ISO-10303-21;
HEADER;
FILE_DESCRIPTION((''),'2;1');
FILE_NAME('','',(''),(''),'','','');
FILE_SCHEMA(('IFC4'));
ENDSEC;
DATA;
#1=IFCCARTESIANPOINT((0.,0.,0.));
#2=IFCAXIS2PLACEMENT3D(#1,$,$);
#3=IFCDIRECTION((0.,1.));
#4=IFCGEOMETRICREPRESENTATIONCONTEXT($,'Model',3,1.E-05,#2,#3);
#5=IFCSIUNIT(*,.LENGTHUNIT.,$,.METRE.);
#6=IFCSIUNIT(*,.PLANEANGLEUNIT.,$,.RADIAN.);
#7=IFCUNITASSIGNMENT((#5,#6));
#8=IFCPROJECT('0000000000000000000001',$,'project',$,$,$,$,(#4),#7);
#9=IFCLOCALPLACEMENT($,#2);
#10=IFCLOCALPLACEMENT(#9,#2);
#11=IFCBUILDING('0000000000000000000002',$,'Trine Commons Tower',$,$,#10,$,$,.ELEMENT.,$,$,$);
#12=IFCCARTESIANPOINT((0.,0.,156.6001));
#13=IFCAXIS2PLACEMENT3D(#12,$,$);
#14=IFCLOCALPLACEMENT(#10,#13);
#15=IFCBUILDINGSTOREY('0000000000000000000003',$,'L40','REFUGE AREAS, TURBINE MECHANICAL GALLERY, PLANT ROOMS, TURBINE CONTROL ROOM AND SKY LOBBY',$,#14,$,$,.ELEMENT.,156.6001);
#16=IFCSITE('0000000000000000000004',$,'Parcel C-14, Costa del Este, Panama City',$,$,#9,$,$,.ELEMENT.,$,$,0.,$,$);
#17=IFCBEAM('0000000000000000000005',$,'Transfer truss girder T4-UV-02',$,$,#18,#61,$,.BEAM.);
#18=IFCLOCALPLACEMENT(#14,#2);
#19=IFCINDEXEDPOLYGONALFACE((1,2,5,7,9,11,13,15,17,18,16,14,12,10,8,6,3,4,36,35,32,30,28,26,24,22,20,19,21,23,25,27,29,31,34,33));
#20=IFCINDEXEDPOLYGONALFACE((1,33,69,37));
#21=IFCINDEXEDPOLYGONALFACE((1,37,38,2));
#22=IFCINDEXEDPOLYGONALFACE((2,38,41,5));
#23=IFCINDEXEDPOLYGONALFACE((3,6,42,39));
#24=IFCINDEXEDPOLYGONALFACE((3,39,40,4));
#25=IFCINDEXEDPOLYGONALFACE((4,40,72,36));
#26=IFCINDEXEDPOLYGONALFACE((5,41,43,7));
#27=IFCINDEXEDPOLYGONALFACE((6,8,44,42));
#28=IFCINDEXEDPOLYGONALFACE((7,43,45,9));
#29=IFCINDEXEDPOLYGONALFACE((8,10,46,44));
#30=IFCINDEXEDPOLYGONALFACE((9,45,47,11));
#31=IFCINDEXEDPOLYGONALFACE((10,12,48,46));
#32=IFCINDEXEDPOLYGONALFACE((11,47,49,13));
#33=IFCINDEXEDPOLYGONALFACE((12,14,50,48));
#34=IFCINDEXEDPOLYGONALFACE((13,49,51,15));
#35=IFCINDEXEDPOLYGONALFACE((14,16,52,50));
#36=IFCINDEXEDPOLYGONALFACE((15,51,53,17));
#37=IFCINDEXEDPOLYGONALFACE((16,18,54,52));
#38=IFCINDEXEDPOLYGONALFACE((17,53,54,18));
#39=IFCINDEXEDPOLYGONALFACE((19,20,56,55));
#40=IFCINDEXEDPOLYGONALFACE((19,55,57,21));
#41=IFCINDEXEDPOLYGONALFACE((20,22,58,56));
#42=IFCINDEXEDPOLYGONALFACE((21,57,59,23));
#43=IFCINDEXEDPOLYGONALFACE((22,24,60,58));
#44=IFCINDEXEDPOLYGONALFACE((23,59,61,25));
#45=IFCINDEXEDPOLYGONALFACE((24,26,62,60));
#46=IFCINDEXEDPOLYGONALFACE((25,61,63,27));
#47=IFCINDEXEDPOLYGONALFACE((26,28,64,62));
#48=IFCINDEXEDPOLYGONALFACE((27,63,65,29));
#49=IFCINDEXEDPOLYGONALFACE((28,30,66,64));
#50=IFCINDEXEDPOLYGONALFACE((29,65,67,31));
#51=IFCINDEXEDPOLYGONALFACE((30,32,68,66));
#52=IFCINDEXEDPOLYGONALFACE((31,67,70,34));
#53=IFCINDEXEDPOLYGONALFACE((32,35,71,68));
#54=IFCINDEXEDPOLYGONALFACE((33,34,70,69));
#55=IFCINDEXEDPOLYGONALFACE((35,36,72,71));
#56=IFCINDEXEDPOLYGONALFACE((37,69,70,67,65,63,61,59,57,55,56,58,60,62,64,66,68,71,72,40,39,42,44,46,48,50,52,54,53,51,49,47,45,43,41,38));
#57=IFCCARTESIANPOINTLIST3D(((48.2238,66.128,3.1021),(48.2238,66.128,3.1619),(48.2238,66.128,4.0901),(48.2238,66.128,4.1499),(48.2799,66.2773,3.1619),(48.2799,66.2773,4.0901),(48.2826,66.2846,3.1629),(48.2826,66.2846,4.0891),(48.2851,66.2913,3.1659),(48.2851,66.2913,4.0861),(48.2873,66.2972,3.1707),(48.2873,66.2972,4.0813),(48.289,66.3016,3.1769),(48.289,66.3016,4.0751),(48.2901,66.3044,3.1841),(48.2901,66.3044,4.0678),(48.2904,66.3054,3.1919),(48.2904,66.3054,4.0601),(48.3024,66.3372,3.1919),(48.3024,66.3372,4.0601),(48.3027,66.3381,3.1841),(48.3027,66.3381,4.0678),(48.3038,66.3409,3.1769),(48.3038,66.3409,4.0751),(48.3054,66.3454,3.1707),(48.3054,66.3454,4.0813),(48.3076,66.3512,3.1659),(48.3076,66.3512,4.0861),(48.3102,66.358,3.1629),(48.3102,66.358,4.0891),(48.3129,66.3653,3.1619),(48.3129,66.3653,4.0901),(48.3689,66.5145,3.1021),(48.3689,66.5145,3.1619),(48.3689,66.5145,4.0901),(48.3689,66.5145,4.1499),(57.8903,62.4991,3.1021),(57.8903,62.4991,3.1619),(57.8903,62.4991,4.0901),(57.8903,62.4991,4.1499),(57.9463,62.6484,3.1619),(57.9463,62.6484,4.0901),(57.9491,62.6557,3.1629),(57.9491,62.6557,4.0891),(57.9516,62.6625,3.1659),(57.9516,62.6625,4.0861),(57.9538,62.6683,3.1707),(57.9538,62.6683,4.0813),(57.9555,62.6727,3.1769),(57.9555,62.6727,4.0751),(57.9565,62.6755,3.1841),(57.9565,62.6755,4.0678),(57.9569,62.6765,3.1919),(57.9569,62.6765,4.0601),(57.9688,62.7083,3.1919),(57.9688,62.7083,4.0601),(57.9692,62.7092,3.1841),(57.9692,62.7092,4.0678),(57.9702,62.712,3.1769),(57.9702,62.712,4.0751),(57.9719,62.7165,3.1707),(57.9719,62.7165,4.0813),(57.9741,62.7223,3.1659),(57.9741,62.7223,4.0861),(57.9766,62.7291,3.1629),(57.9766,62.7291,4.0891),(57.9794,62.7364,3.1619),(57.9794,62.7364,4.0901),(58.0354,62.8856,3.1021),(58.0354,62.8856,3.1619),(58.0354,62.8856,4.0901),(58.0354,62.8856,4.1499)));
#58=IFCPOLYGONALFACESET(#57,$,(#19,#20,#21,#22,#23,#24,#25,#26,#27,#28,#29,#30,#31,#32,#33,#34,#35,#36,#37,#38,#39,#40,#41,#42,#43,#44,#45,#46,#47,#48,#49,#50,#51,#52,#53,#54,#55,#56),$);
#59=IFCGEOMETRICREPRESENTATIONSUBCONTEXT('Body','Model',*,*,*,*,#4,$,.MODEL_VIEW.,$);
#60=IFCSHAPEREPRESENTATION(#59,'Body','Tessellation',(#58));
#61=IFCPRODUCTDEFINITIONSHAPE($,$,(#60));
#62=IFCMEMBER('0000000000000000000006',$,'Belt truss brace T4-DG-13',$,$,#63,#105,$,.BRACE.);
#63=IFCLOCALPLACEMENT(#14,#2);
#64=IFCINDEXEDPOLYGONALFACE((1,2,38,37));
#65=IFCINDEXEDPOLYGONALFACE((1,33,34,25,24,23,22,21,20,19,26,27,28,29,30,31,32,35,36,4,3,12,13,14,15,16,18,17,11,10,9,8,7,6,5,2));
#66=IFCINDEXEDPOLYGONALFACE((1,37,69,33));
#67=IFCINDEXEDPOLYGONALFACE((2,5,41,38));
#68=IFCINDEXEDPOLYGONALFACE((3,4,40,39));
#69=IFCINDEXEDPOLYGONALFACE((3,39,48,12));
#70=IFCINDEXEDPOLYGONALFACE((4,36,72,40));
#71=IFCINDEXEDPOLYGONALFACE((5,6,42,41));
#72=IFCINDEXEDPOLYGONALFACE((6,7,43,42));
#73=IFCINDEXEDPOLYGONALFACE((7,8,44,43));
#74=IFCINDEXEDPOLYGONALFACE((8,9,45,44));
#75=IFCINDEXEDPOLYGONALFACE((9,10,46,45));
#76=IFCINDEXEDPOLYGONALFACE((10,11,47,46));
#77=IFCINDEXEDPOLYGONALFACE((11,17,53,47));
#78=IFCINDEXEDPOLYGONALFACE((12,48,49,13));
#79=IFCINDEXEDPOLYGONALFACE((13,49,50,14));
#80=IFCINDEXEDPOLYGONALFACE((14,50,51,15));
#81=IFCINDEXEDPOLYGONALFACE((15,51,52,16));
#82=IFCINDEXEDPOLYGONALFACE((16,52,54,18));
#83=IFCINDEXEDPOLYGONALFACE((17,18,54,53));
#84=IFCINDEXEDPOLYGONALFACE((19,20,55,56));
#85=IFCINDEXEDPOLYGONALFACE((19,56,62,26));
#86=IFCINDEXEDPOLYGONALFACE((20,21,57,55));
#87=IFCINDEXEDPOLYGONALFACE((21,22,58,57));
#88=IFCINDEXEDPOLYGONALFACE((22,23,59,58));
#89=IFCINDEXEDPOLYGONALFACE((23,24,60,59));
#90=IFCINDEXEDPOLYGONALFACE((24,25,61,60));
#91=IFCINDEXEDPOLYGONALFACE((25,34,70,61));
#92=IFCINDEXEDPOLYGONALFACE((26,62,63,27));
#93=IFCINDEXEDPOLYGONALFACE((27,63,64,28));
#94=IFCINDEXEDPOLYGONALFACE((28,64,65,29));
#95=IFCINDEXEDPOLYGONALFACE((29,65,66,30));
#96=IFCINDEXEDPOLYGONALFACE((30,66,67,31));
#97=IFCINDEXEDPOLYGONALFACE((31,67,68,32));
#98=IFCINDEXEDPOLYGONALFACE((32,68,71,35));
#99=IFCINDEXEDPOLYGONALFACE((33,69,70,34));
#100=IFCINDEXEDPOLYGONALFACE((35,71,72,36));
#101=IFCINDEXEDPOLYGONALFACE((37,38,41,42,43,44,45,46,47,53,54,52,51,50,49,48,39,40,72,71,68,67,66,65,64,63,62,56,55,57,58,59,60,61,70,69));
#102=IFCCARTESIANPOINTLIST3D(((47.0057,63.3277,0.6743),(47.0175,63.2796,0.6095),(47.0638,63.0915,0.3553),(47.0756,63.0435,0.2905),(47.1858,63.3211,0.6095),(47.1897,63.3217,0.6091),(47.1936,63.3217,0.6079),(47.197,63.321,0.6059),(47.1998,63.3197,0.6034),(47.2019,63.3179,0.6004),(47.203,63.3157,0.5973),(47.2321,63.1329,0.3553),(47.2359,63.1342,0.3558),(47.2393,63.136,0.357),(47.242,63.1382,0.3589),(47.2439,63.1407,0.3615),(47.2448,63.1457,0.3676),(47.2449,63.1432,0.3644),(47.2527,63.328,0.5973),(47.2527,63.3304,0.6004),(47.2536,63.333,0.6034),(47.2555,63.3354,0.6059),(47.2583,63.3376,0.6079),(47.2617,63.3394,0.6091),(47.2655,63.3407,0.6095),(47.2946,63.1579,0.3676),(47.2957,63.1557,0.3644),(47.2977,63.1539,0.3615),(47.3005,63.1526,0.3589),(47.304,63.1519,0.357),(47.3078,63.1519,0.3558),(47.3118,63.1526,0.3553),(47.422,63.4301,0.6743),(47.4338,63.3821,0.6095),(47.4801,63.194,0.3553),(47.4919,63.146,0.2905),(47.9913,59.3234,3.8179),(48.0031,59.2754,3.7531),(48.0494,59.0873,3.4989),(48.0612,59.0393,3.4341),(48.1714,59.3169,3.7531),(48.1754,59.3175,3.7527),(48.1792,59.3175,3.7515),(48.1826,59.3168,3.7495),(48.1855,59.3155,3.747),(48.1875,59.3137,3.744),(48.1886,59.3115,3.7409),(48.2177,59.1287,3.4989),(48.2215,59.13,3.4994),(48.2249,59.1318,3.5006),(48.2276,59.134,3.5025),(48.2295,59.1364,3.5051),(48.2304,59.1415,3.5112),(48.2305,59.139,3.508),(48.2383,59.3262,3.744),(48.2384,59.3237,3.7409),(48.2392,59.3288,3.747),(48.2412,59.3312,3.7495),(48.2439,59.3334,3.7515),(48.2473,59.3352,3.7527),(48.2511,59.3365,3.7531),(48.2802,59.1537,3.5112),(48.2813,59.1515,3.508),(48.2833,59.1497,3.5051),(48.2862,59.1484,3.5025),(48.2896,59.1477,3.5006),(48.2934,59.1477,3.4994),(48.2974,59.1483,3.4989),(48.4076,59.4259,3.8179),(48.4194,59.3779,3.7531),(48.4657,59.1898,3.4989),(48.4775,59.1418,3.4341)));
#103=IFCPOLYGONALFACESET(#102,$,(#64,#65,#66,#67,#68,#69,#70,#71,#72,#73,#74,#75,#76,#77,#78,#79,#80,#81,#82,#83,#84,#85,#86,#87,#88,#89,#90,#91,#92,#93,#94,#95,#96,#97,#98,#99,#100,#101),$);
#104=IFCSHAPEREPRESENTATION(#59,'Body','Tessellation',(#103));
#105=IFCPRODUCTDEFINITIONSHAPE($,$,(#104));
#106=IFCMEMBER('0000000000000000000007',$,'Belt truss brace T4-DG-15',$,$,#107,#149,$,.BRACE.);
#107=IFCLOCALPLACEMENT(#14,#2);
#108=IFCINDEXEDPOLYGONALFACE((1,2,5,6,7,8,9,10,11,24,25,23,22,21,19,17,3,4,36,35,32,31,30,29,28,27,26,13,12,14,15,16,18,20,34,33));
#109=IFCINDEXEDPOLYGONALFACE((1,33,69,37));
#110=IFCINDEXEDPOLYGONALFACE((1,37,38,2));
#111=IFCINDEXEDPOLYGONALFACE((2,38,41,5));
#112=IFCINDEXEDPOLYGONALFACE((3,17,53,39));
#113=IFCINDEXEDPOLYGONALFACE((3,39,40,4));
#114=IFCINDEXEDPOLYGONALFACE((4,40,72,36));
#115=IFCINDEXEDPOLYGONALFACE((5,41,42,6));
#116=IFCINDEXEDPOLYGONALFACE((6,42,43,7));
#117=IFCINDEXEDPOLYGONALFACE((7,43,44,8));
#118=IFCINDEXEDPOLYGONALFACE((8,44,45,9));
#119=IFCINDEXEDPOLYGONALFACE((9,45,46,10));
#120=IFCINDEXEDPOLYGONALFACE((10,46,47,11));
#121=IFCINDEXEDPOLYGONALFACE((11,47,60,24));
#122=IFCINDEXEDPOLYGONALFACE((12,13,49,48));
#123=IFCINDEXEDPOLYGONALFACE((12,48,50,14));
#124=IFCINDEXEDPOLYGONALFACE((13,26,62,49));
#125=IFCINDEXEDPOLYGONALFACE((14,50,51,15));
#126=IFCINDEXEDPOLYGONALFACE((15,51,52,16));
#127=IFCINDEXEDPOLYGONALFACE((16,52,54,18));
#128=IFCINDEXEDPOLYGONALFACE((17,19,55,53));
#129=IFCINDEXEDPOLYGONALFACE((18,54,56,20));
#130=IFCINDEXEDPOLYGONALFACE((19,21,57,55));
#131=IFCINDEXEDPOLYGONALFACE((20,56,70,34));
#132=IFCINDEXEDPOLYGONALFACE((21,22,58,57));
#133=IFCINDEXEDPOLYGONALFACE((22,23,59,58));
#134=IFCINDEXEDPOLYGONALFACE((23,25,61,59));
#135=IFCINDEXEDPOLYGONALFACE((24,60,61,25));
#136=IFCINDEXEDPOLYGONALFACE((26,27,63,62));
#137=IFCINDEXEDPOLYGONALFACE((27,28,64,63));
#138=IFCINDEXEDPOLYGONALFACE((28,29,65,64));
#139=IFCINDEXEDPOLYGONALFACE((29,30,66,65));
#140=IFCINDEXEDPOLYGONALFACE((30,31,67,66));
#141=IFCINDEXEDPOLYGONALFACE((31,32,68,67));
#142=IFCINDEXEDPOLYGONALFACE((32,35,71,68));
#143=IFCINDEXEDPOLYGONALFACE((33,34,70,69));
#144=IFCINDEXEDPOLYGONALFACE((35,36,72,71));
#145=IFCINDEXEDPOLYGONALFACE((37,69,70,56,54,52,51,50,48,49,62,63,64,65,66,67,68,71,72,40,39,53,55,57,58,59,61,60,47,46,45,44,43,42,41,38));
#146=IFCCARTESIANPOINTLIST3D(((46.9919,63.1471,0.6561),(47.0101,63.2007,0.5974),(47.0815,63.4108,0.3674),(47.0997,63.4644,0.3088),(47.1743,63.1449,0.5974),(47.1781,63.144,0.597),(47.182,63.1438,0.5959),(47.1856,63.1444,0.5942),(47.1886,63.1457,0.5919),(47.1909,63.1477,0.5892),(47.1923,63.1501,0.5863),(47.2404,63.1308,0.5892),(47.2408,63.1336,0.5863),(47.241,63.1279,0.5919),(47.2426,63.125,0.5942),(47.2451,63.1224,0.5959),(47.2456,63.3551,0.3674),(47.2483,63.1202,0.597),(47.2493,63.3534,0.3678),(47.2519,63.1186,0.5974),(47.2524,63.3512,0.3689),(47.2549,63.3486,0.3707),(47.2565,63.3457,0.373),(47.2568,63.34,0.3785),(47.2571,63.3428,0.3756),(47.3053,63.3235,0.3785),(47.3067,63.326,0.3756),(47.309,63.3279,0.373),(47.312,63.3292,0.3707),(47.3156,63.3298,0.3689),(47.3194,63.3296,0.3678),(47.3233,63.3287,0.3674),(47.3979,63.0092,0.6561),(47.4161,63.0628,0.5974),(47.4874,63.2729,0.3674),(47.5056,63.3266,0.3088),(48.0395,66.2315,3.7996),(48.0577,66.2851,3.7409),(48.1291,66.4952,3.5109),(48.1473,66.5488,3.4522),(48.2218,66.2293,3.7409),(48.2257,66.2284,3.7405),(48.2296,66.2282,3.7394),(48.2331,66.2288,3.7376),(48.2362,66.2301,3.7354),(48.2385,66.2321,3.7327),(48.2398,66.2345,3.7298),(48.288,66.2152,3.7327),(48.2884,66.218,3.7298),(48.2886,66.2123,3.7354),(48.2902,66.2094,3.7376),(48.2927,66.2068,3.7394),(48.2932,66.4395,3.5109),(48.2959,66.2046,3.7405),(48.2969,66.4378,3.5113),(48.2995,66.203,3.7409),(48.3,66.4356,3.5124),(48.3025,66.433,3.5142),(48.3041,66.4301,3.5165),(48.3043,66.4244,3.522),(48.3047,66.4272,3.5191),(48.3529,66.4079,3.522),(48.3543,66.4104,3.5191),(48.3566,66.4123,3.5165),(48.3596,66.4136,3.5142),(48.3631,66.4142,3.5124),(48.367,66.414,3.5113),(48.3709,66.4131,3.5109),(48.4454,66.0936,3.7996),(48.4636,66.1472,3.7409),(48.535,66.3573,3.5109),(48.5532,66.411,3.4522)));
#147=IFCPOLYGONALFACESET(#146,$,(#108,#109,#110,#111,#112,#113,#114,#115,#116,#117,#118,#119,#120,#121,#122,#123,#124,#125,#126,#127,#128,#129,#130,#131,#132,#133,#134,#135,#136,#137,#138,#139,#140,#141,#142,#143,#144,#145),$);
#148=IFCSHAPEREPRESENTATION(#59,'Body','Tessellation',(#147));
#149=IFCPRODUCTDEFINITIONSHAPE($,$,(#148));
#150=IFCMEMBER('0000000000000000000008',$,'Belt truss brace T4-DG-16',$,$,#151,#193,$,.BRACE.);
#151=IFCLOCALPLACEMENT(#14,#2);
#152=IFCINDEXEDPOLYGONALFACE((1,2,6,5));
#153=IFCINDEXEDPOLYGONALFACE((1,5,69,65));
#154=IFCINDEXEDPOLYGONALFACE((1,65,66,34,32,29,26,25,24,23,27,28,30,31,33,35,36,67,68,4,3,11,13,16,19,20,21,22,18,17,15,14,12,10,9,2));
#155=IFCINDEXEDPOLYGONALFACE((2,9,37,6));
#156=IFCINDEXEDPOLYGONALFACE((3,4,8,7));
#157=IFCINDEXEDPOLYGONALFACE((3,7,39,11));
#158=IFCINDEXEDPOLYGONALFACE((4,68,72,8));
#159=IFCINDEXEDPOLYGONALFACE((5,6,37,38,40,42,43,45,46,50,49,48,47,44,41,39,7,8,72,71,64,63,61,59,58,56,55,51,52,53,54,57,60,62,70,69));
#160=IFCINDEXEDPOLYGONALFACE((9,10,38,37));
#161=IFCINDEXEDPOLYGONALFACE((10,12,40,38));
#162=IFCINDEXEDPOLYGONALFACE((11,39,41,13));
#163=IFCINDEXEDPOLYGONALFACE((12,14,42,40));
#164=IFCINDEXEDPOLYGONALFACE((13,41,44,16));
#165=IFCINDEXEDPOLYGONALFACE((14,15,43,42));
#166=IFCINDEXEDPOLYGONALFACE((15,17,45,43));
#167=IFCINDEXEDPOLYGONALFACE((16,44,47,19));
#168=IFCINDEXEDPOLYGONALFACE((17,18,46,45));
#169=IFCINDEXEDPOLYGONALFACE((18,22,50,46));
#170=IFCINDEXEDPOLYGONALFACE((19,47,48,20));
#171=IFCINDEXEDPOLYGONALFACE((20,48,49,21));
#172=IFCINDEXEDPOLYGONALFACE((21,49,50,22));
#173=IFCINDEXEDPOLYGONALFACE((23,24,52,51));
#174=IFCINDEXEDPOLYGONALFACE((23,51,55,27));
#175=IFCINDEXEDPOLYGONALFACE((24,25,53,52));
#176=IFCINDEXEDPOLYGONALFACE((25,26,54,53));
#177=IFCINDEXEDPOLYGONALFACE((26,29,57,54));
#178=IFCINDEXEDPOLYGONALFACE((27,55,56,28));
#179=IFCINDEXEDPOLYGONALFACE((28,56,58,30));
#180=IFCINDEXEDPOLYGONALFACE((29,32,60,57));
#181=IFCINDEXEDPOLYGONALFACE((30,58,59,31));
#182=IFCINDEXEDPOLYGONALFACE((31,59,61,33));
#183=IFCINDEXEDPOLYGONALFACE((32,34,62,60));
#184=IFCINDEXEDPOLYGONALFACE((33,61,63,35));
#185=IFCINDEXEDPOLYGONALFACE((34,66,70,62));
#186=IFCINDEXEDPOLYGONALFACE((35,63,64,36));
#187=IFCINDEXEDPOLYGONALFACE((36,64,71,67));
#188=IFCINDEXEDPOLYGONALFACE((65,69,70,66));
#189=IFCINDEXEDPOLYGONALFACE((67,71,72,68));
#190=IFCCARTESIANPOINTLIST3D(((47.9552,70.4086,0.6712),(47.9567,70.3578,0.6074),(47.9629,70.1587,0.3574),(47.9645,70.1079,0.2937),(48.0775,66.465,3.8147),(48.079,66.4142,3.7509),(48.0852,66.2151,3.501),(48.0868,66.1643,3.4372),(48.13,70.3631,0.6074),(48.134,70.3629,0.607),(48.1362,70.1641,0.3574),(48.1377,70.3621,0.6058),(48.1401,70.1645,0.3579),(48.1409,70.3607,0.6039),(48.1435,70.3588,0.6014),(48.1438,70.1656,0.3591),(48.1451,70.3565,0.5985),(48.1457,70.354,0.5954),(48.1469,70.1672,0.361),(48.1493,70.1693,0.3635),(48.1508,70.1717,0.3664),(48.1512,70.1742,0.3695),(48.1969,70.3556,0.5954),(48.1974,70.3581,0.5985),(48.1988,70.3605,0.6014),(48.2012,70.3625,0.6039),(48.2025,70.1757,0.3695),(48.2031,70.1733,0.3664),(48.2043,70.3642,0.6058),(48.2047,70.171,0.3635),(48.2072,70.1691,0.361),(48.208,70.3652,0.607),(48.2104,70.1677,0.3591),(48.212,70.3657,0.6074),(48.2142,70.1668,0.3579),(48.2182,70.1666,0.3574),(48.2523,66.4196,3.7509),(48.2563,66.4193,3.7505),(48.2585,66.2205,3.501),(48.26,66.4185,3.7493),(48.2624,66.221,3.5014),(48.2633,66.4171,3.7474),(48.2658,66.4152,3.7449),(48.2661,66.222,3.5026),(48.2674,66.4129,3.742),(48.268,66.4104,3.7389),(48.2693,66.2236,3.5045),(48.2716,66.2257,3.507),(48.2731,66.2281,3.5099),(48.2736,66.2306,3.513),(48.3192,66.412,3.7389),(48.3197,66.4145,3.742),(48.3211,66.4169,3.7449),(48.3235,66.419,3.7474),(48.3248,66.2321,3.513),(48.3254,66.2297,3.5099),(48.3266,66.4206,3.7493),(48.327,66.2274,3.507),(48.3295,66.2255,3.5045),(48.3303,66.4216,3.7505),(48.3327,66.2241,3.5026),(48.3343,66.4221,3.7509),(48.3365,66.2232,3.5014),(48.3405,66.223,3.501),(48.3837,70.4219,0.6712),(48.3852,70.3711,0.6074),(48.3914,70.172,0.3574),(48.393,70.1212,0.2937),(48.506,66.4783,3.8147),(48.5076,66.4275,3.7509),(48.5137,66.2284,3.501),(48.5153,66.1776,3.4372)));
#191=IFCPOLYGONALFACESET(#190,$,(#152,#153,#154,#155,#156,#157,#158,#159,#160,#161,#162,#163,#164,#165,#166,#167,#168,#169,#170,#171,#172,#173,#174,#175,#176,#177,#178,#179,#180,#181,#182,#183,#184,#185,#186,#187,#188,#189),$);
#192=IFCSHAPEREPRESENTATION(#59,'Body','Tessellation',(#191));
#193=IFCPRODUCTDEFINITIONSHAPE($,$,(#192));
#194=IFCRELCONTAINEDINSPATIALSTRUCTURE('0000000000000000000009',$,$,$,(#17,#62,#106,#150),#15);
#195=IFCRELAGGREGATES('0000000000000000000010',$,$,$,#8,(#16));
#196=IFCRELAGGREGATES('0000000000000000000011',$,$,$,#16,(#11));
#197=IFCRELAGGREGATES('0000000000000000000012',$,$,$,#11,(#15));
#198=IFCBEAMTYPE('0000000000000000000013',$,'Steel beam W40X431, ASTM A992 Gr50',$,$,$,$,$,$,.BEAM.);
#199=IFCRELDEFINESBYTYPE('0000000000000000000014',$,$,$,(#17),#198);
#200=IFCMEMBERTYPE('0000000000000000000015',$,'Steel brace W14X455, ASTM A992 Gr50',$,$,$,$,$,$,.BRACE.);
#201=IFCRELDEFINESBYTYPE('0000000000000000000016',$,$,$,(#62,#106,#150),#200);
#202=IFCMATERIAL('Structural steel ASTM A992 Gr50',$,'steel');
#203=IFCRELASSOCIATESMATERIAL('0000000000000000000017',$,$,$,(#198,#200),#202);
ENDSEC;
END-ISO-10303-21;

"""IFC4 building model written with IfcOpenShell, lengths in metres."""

from ifc_helpers import new_model, si_unit, direction, frame, origin, origin_2d, place, context, subcontext, project, spatial, i_section, extrude, material, material_profile, profile_set, type_object, element, save


model = new_model("IFC4")

# Units and contexts
model_context = context("Model", 3, precision=1e-05, world=origin(), true_north=direction((0.0, 1.0)))
body_context = subcontext(model_context, "Body", "Model", "MODEL_VIEW")
ifc_project = project(units=[si_unit("LENGTHUNIT", "METRE"), si_unit("PLANEANGLEUNIT", "RADIAN")], contexts=[model_context])

# Site, building, storey
site_placement = place(None, origin())
site = spatial("IfcSite", under=ifc_project, at=site_placement, Name="Parcel C-14, Costa del Este, Panama City", CompositionType="ELEMENT", RefElevation=0.0)
building_placement = place(site_placement, origin())
building = spatial("IfcBuilding", under=site, at=building_placement, Name="Trine Commons Tower", CompositionType="ELEMENT")
storey_placement = place(building_placement, frame((0.0, 0.0, 156.6001)))
storey = spatial("IfcBuildingStorey", under=building, at=storey_placement, Name="L40", Description="REFUGE AREAS, TURBINE MECHANICAL GALLERY, PLANT ROOMS, TURBINE CONTROL ROOM AND SKY LOBBY", CompositionType="ELEMENT", Elevation=156.6001)

# Beam
ifc_material_1 = material(Name="Structural steel ASTM A992 Gr50", Category="steel")
ifc_material_profile_1 = material_profile(ifc_material_1, i_section(OverallWidth=0.4128, OverallDepth=1.0479, WebThickness=0.0339, FlangeThickness=0.0598, FilletRadius=0.03, at=origin_2d()), Name="W40X431")
ifc_profile_set_1 = profile_set([ifc_material_profile_1], Name="Structural steel ASTM A992 Gr50")
beam_type = type_object("IfcBeamType", Name="Steel beam W40X431, ASTM A992 Gr50", PredefinedType="BEAM", material=ifc_profile_set_1)
beam_placement = place(storey_placement, frame((48.2964, 66.3213, 3.626), z_axis=(0.936203, -0.35146, 0.0), x_axis=(0.35146, 0.936203, 0.0)))
element("IfcBeam", 1, at=beam_placement, inside=storey, type_object=beam_type, Name="Transfer truss girder T4-UV-02", PredefinedType="BEAM", context=body_context, shape_type="SweptSolid", body=[
    extrude(i_section(OverallWidth=0.4128, OverallDepth=1.0479, WebThickness=0.0339, FlangeThickness=0.0598, FilletRadius=0.03, at=origin_2d()), origin(), (0.0, 0.0, 1.0), 10.3252),
])

# Members
ifc_material_profile_2 = material_profile(ifc_material_1, i_section(OverallWidth=0.4287, OverallDepth=0.4827, WebThickness=0.0513, FlangeThickness=0.0815, FilletRadius=0.0154, at=origin_2d()), Name="W14X455")
ifc_profile_set_2 = profile_set([ifc_material_profile_2], Name="Structural steel ASTM A992 Gr50")
member_type_1 = type_object("IfcMemberType", Name="Steel brace W14X455, ASTM A992 Gr50", PredefinedType="BRACE", material=ifc_profile_set_2)
member_1_placement = place(storey_placement, frame((47.2488, 63.2368, 0.4824), z_axis=(0.190078, -0.772223, 0.606252), x_axis=(0.971017, 0.23901, 0.0)))
element("IfcMember", 2, at=member_1_placement, inside=storey, type_object=member_type_1, Name="Belt truss brace T4-DG-13", PredefinedType="BRACE", context=body_context, shape_type="SweptSolid", body=[
    extrude(i_section(OverallWidth=0.4287, OverallDepth=0.4827, WebThickness=0.0513, FlangeThickness=0.0815, FilletRadius=0.0154, at=origin_2d()), origin(), (0.0, 0.0, 1.0), 5.1853),
])
member_2_placement = place(storey_placement, frame((47.2488, 63.2368, 0.4824), z_axis=(0.231415, 0.681356, 0.694407), x_axis=(-0.946877, 0.321596, 0.0)))
element("IfcMember", 3, at=member_2_placement, inside=storey, type_object=member_type_1, Name="Belt truss brace T4-DG-15", PredefinedType="BRACE", context=body_context, shape_type="SweptSolid", body=[
    extrude(i_section(OverallWidth=0.4287, OverallDepth=0.4827, WebThickness=0.0513, FlangeThickness=0.0815, FilletRadius=0.0154, at=origin_2d()), origin(), (0.0, 0.0, 1.0), 4.5269),
])
member_3_placement = place(storey_placement, frame((48.1741, 70.2649, 0.4824), z_axis=(0.024246, -0.781733, 0.623141), x_axis=(0.999519, 0.031001, 0.0)))
element("IfcMember", 4, at=member_3_placement, inside=storey, type_object=member_type_1, Name="Belt truss brace T4-DG-16", PredefinedType="BRACE", context=body_context, shape_type="SweptSolid", body=[
    extrude(i_section(OverallWidth=0.4287, OverallDepth=0.4827, WebThickness=0.0513, FlangeThickness=0.0815, FilletRadius=0.0154, at=origin_2d()), origin(), (0.0, 0.0, 1.0), 5.0447),
])

save(model, "model.ifc")
